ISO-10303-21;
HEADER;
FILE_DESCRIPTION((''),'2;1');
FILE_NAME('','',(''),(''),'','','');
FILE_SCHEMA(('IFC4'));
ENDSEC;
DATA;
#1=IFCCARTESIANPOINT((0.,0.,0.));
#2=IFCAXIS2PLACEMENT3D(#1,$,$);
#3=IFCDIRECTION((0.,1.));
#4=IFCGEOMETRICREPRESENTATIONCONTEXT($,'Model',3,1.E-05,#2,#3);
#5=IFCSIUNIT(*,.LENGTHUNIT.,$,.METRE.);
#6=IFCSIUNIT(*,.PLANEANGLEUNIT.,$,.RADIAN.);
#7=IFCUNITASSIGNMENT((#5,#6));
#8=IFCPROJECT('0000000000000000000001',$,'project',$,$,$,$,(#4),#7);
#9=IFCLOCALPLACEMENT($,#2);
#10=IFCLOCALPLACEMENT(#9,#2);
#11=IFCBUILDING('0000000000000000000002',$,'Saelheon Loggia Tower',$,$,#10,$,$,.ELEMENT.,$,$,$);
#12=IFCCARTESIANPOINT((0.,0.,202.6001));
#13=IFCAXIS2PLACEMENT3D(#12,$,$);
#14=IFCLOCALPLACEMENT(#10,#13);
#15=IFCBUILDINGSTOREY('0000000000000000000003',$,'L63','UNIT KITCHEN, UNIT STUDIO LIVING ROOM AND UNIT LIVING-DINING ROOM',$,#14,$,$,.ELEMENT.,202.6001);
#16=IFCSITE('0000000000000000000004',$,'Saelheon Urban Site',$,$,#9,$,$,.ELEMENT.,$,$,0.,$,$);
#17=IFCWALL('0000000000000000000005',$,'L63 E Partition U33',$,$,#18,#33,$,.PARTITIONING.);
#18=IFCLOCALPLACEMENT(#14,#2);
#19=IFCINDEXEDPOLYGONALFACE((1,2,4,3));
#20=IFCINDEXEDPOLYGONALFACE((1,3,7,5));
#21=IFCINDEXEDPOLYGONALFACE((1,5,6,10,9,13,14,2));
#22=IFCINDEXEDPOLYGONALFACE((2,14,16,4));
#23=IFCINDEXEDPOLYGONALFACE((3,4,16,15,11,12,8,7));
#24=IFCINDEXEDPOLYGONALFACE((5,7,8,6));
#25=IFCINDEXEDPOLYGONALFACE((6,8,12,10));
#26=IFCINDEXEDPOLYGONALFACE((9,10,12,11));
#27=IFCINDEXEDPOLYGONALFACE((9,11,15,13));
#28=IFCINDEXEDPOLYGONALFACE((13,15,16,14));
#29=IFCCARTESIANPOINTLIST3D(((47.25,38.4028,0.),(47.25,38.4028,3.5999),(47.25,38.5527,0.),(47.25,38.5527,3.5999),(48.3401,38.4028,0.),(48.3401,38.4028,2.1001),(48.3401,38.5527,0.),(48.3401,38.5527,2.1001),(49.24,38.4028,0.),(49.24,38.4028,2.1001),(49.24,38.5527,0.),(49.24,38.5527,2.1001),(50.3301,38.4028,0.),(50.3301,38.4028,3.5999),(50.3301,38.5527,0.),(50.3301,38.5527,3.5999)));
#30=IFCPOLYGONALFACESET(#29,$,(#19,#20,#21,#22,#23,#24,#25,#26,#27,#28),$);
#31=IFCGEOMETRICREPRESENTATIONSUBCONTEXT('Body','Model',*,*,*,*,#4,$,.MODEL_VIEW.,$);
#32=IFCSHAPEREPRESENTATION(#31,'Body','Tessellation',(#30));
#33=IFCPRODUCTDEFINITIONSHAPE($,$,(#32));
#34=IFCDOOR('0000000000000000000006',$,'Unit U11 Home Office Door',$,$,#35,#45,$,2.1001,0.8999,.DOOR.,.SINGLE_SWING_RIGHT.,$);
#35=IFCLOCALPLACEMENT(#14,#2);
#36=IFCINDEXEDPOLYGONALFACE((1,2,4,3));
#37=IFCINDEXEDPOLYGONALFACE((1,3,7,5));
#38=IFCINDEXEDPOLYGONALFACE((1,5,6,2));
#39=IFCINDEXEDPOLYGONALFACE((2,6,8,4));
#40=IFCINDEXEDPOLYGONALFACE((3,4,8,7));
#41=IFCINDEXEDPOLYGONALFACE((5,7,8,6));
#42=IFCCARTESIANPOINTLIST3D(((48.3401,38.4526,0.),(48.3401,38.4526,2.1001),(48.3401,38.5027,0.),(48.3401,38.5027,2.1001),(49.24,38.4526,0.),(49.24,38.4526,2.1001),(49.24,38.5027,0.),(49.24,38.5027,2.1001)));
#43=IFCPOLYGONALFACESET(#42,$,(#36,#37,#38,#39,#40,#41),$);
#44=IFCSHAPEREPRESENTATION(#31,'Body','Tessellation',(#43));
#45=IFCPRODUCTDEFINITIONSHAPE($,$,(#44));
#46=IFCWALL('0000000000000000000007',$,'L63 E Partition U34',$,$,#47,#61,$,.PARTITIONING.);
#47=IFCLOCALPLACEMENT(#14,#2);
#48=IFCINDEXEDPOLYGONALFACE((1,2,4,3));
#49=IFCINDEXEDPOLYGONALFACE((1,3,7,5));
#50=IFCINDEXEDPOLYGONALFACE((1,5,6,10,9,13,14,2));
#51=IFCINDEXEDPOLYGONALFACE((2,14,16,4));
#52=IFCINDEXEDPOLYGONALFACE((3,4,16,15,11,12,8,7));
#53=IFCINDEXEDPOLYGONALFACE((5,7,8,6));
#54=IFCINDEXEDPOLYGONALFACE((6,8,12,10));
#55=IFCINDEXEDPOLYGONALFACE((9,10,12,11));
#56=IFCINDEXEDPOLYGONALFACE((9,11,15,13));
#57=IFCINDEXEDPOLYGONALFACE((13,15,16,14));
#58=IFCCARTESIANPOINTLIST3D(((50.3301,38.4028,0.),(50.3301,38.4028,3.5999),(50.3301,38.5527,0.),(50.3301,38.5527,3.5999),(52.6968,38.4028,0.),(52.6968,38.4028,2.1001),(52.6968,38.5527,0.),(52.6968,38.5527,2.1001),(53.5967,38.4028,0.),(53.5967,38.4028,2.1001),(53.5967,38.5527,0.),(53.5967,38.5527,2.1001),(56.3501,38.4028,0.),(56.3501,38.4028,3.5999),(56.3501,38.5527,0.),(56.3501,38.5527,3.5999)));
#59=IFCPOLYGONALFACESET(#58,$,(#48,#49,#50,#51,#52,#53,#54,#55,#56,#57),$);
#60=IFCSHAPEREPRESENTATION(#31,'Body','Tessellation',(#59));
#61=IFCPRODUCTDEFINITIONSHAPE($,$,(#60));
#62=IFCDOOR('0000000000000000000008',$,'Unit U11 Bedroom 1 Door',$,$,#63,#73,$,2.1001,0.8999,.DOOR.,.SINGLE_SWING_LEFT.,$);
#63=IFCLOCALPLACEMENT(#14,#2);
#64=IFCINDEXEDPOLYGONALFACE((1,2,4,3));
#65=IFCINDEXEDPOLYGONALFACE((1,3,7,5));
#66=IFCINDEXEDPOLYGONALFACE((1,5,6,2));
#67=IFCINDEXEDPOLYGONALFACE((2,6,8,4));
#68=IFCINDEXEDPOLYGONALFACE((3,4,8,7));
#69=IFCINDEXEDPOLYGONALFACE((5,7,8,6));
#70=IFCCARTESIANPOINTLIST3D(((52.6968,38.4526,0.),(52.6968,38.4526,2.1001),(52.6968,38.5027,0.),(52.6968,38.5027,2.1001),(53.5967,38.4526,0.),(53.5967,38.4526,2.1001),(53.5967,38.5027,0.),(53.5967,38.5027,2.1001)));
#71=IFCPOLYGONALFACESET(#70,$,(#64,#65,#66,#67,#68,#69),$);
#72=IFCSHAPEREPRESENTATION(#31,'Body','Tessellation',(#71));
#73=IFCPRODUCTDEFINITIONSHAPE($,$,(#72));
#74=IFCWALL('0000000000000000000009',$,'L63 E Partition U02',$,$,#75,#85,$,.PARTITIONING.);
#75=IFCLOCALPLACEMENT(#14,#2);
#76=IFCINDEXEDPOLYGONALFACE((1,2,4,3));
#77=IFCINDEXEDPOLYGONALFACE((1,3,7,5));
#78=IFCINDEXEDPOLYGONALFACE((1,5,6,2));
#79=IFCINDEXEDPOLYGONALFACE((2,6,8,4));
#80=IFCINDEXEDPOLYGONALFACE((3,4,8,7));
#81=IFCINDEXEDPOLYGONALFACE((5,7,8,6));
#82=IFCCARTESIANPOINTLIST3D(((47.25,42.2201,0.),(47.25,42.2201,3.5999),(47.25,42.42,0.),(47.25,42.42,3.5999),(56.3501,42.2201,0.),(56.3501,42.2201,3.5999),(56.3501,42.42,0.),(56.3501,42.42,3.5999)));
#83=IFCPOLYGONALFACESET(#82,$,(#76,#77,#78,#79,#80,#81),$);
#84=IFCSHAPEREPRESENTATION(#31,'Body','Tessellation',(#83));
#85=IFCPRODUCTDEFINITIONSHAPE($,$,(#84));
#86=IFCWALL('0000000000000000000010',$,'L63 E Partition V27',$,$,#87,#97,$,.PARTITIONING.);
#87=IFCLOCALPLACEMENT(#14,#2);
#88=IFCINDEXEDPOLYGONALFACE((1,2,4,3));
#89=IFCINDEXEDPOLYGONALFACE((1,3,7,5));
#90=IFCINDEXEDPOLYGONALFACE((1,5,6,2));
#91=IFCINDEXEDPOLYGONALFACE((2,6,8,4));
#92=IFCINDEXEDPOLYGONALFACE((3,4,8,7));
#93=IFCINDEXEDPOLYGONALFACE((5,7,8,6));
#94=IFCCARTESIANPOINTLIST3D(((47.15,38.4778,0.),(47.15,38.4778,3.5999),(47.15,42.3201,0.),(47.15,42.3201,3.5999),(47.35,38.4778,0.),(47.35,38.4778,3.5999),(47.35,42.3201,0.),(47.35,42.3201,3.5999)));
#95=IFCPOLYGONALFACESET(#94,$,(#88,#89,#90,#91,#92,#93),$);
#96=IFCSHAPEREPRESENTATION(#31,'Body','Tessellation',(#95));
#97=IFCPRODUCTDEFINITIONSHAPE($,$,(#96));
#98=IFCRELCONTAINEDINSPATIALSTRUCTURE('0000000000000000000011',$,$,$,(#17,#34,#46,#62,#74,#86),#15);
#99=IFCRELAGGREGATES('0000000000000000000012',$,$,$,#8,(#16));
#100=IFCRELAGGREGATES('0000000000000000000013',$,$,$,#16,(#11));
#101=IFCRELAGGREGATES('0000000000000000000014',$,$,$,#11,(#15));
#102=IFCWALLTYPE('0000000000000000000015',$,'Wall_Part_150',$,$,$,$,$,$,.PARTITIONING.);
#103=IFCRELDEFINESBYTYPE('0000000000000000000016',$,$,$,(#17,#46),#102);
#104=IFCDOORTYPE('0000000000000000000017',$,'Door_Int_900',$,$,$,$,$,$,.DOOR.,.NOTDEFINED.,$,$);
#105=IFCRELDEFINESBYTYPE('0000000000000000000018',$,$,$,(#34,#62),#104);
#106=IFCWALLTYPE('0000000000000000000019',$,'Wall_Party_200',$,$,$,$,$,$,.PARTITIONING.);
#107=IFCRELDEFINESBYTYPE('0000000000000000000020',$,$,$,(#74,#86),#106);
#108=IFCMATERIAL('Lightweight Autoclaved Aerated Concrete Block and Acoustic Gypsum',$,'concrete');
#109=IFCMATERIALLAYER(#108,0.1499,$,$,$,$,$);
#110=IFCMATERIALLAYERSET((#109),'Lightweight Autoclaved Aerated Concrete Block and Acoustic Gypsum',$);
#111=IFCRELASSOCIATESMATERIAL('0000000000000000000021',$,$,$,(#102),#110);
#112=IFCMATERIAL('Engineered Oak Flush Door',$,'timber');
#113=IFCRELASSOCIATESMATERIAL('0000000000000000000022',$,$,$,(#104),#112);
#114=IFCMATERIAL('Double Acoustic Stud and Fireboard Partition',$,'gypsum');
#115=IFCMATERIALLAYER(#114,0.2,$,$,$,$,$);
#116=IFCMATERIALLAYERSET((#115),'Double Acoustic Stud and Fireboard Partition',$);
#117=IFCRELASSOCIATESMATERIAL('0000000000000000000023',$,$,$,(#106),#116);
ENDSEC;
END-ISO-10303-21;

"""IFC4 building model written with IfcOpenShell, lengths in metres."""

from ifc_helpers import new_model, si_unit, direction, frame, frame_2d, origin, place, context, subcontext, project, spatial, rectangle, extrude, source, transform, mapped, material, layer, layer_set, type_object, element, fill, save


model = new_model("IFC4")

# Units and contexts
model_context = context("Model", 3, precision=1e-05, world=origin(), true_north=direction((0.0, 1.0)))
body_context = subcontext(model_context, "Body", "Model", "MODEL_VIEW")
ifc_project = project(units=[si_unit("LENGTHUNIT", "METRE"), si_unit("PLANEANGLEUNIT", "RADIAN")], contexts=[model_context])

# Site, building, storey
site_placement = place(None, origin())
site = spatial("IfcSite", under=ifc_project, at=site_placement, Name="Saelheon Urban Site", CompositionType="ELEMENT", RefElevation=0.0)
building_placement = place(site_placement, origin())
building = spatial("IfcBuilding", under=site, at=building_placement, Name="Saelheon Loggia Tower", CompositionType="ELEMENT")
storey_placement = place(building_placement, frame((0.0, 0.0, 202.6001)))
storey = spatial("IfcBuildingStorey", under=building, at=storey_placement, Name="L63", Description="UNIT KITCHEN, UNIT STUDIO LIVING ROOM AND UNIT LIVING-DINING ROOM", CompositionType="ELEMENT", Elevation=202.6001)

# Shared definitions
ifc_material_1 = material(Name="Lightweight Autoclaved Aerated Concrete Block and Acoustic Gypsum", Category="concrete")
ifc_layer_1 = layer(ifc_material_1, 0.1499)
ifc_layer_set_1 = layer_set([ifc_layer_1], Name="Lightweight Autoclaved Aerated Concrete Block and Acoustic Gypsum")
wall_type_1 = type_object("IfcWallType", Name="Wall_Part_150", PredefinedType="PARTITIONING", material=ifc_layer_set_1)

# Walls, openings, doors
wall_1_placement = place(storey_placement, frame((47.25, 38.4778, 0.0), z_axis=(0.0, 0.0, 1.0), x_axis=(1.0, 0.0, 0.0)))
wall_1 = element("IfcWall", 1, at=wall_1_placement, inside=storey, type_object=wall_type_1, Name="L63 E Partition U33", PredefinedType="PARTITIONING", context=body_context, shape_type="SweptSolid", body=[
    extrude(rectangle(XDim=3.0801, YDim=0.1499, at=frame_2d((1.54, 0.0))), origin(), (0.0, 0.0, 1.0), 3.5999),
])
opening_1_placement = place(wall_1_placement, frame((1.0901, 0.0, 0.0)))
opening_1 = element("IfcOpeningElement", 2, at=opening_1_placement, cuts=wall_1, PredefinedType="OPENING", context=body_context, shape_type="SweptSolid", body=[
    extrude(rectangle(XDim=0.8999, YDim=2.1001, at=frame_2d((0.45, 1.05))), frame((0.0, 0.0869, 0.0), z_axis=(0.0, -1.0, 0.0), x_axis=(1.0, 0.0, 0.0)), (0.0, 0.0, 1.0), 0.1738),
])
ifc_material_2 = material(Name="Engineered Oak Flush Door", Category="timber")
door_type = type_object("IfcDoorType", Name="Door_Int_900", OperationType="NOTDEFINED", PredefinedType="DOOR", material=ifc_material_2)
shared_shape_1 = source(origin(), body_context, "Body", "SweptSolid", [
    extrude(rectangle(XDim=0.8999, YDim=2.1001, at=frame_2d((0.45, 1.05))), frame((0.0, 0.0249, 0.0), z_axis=(0.0, -1.0, 0.0), x_axis=(1.0, 0.0, 0.0)), (0.0, 0.0, 1.0), 0.05),
])
door_1_placement = place(opening_1_placement, origin())
door_1 = element("IfcDoor", 3, at=door_1_placement, inside=storey, type_object=door_type, Name="Unit U11 Home Office Door", OperationType="SINGLE_SWING_RIGHT", OverallHeight=2.1001, OverallWidth=0.8999, PredefinedType="DOOR", context=body_context, shape_type="MappedRepresentation", body=[
    mapped(shared_shape_1, transform((0.0, 0.0, 0.0), scale=1.0)),
])
fill(opening_1, door_1)
wall_2_placement = place(storey_placement, frame((50.3301, 38.4778, 0.0), z_axis=(0.0, 0.0, 1.0), x_axis=(1.0, 0.0, 0.0)))
wall_2 = element("IfcWall", 4, at=wall_2_placement, inside=storey, type_object=wall_type_1, Name="L63 E Partition U34", PredefinedType="PARTITIONING", context=body_context, shape_type="SweptSolid", body=[
    extrude(rectangle(XDim=6.02, YDim=0.1499, at=frame_2d((3.01, 0.0))), origin(), (0.0, 0.0, 1.0), 3.5999),
])
opening_2_placement = place(wall_2_placement, frame((2.3667, 0.0, 0.0)))
opening_2 = element("IfcOpeningElement", 5, at=opening_2_placement, cuts=wall_2, PredefinedType="OPENING", context=body_context, shape_type="SweptSolid", body=[
    extrude(rectangle(XDim=0.8999, YDim=2.1001, at=frame_2d((0.45, 1.05))), frame((0.0, 0.0869, 0.0), z_axis=(0.0, -1.0, 0.0), x_axis=(1.0, 0.0, 0.0)), (0.0, 0.0, 1.0), 0.1738),
])
door_2_placement = place(opening_2_placement, origin())
door_2 = element("IfcDoor", 6, at=door_2_placement, inside=storey, type_object=door_type, Name="Unit U11 Bedroom 1 Door", OperationType="SINGLE_SWING_LEFT", OverallHeight=2.1001, OverallWidth=0.8999, PredefinedType="DOOR", context=body_context, shape_type="MappedRepresentation", body=[
    mapped(shared_shape_1, transform((0.0, 0.0, 0.0), scale=1.0)),
])
fill(opening_2, door_2)

# Walls
ifc_material_3 = material(Name="Double Acoustic Stud and Fireboard Partition", Category="gypsum")
ifc_layer_2 = layer(ifc_material_3, 0.2)
ifc_layer_set_2 = layer_set([ifc_layer_2], Name="Double Acoustic Stud and Fireboard Partition")
wall_type_2 = type_object("IfcWallType", Name="Wall_Party_200", PredefinedType="PARTITIONING", material=ifc_layer_set_2)
wall_3_placement = place(storey_placement, frame((47.25, 42.3201, 0.0), z_axis=(0.0, 0.0, 1.0), x_axis=(1.0, 0.0, 0.0)))
element("IfcWall", 7, at=wall_3_placement, inside=storey, type_object=wall_type_2, Name="L63 E Partition U02", PredefinedType="PARTITIONING", context=body_context, shape_type="SweptSolid", body=[
    extrude(rectangle(XDim=9.1001, YDim=0.2, at=frame_2d((4.55, 0.0))), origin(), (0.0, 0.0, 1.0), 3.5999),
])
wall_4_placement = place(storey_placement, frame((47.25, 38.4778, 0.0), z_axis=(0.0, 0.0, 1.0), x_axis=(0.0, 1.0, 0.0)))
element("IfcWall", 8, at=wall_4_placement, inside=storey, type_object=wall_type_2, Name="L63 E Partition V27", PredefinedType="PARTITIONING", context=body_context, shape_type="SweptSolid", body=[
    extrude(rectangle(XDim=3.8423, YDim=0.2, at=frame_2d((1.9211, 0.0))), origin(), (0.0, 0.0, 1.0), 3.5999),
])

save(model, "model.ifc")
